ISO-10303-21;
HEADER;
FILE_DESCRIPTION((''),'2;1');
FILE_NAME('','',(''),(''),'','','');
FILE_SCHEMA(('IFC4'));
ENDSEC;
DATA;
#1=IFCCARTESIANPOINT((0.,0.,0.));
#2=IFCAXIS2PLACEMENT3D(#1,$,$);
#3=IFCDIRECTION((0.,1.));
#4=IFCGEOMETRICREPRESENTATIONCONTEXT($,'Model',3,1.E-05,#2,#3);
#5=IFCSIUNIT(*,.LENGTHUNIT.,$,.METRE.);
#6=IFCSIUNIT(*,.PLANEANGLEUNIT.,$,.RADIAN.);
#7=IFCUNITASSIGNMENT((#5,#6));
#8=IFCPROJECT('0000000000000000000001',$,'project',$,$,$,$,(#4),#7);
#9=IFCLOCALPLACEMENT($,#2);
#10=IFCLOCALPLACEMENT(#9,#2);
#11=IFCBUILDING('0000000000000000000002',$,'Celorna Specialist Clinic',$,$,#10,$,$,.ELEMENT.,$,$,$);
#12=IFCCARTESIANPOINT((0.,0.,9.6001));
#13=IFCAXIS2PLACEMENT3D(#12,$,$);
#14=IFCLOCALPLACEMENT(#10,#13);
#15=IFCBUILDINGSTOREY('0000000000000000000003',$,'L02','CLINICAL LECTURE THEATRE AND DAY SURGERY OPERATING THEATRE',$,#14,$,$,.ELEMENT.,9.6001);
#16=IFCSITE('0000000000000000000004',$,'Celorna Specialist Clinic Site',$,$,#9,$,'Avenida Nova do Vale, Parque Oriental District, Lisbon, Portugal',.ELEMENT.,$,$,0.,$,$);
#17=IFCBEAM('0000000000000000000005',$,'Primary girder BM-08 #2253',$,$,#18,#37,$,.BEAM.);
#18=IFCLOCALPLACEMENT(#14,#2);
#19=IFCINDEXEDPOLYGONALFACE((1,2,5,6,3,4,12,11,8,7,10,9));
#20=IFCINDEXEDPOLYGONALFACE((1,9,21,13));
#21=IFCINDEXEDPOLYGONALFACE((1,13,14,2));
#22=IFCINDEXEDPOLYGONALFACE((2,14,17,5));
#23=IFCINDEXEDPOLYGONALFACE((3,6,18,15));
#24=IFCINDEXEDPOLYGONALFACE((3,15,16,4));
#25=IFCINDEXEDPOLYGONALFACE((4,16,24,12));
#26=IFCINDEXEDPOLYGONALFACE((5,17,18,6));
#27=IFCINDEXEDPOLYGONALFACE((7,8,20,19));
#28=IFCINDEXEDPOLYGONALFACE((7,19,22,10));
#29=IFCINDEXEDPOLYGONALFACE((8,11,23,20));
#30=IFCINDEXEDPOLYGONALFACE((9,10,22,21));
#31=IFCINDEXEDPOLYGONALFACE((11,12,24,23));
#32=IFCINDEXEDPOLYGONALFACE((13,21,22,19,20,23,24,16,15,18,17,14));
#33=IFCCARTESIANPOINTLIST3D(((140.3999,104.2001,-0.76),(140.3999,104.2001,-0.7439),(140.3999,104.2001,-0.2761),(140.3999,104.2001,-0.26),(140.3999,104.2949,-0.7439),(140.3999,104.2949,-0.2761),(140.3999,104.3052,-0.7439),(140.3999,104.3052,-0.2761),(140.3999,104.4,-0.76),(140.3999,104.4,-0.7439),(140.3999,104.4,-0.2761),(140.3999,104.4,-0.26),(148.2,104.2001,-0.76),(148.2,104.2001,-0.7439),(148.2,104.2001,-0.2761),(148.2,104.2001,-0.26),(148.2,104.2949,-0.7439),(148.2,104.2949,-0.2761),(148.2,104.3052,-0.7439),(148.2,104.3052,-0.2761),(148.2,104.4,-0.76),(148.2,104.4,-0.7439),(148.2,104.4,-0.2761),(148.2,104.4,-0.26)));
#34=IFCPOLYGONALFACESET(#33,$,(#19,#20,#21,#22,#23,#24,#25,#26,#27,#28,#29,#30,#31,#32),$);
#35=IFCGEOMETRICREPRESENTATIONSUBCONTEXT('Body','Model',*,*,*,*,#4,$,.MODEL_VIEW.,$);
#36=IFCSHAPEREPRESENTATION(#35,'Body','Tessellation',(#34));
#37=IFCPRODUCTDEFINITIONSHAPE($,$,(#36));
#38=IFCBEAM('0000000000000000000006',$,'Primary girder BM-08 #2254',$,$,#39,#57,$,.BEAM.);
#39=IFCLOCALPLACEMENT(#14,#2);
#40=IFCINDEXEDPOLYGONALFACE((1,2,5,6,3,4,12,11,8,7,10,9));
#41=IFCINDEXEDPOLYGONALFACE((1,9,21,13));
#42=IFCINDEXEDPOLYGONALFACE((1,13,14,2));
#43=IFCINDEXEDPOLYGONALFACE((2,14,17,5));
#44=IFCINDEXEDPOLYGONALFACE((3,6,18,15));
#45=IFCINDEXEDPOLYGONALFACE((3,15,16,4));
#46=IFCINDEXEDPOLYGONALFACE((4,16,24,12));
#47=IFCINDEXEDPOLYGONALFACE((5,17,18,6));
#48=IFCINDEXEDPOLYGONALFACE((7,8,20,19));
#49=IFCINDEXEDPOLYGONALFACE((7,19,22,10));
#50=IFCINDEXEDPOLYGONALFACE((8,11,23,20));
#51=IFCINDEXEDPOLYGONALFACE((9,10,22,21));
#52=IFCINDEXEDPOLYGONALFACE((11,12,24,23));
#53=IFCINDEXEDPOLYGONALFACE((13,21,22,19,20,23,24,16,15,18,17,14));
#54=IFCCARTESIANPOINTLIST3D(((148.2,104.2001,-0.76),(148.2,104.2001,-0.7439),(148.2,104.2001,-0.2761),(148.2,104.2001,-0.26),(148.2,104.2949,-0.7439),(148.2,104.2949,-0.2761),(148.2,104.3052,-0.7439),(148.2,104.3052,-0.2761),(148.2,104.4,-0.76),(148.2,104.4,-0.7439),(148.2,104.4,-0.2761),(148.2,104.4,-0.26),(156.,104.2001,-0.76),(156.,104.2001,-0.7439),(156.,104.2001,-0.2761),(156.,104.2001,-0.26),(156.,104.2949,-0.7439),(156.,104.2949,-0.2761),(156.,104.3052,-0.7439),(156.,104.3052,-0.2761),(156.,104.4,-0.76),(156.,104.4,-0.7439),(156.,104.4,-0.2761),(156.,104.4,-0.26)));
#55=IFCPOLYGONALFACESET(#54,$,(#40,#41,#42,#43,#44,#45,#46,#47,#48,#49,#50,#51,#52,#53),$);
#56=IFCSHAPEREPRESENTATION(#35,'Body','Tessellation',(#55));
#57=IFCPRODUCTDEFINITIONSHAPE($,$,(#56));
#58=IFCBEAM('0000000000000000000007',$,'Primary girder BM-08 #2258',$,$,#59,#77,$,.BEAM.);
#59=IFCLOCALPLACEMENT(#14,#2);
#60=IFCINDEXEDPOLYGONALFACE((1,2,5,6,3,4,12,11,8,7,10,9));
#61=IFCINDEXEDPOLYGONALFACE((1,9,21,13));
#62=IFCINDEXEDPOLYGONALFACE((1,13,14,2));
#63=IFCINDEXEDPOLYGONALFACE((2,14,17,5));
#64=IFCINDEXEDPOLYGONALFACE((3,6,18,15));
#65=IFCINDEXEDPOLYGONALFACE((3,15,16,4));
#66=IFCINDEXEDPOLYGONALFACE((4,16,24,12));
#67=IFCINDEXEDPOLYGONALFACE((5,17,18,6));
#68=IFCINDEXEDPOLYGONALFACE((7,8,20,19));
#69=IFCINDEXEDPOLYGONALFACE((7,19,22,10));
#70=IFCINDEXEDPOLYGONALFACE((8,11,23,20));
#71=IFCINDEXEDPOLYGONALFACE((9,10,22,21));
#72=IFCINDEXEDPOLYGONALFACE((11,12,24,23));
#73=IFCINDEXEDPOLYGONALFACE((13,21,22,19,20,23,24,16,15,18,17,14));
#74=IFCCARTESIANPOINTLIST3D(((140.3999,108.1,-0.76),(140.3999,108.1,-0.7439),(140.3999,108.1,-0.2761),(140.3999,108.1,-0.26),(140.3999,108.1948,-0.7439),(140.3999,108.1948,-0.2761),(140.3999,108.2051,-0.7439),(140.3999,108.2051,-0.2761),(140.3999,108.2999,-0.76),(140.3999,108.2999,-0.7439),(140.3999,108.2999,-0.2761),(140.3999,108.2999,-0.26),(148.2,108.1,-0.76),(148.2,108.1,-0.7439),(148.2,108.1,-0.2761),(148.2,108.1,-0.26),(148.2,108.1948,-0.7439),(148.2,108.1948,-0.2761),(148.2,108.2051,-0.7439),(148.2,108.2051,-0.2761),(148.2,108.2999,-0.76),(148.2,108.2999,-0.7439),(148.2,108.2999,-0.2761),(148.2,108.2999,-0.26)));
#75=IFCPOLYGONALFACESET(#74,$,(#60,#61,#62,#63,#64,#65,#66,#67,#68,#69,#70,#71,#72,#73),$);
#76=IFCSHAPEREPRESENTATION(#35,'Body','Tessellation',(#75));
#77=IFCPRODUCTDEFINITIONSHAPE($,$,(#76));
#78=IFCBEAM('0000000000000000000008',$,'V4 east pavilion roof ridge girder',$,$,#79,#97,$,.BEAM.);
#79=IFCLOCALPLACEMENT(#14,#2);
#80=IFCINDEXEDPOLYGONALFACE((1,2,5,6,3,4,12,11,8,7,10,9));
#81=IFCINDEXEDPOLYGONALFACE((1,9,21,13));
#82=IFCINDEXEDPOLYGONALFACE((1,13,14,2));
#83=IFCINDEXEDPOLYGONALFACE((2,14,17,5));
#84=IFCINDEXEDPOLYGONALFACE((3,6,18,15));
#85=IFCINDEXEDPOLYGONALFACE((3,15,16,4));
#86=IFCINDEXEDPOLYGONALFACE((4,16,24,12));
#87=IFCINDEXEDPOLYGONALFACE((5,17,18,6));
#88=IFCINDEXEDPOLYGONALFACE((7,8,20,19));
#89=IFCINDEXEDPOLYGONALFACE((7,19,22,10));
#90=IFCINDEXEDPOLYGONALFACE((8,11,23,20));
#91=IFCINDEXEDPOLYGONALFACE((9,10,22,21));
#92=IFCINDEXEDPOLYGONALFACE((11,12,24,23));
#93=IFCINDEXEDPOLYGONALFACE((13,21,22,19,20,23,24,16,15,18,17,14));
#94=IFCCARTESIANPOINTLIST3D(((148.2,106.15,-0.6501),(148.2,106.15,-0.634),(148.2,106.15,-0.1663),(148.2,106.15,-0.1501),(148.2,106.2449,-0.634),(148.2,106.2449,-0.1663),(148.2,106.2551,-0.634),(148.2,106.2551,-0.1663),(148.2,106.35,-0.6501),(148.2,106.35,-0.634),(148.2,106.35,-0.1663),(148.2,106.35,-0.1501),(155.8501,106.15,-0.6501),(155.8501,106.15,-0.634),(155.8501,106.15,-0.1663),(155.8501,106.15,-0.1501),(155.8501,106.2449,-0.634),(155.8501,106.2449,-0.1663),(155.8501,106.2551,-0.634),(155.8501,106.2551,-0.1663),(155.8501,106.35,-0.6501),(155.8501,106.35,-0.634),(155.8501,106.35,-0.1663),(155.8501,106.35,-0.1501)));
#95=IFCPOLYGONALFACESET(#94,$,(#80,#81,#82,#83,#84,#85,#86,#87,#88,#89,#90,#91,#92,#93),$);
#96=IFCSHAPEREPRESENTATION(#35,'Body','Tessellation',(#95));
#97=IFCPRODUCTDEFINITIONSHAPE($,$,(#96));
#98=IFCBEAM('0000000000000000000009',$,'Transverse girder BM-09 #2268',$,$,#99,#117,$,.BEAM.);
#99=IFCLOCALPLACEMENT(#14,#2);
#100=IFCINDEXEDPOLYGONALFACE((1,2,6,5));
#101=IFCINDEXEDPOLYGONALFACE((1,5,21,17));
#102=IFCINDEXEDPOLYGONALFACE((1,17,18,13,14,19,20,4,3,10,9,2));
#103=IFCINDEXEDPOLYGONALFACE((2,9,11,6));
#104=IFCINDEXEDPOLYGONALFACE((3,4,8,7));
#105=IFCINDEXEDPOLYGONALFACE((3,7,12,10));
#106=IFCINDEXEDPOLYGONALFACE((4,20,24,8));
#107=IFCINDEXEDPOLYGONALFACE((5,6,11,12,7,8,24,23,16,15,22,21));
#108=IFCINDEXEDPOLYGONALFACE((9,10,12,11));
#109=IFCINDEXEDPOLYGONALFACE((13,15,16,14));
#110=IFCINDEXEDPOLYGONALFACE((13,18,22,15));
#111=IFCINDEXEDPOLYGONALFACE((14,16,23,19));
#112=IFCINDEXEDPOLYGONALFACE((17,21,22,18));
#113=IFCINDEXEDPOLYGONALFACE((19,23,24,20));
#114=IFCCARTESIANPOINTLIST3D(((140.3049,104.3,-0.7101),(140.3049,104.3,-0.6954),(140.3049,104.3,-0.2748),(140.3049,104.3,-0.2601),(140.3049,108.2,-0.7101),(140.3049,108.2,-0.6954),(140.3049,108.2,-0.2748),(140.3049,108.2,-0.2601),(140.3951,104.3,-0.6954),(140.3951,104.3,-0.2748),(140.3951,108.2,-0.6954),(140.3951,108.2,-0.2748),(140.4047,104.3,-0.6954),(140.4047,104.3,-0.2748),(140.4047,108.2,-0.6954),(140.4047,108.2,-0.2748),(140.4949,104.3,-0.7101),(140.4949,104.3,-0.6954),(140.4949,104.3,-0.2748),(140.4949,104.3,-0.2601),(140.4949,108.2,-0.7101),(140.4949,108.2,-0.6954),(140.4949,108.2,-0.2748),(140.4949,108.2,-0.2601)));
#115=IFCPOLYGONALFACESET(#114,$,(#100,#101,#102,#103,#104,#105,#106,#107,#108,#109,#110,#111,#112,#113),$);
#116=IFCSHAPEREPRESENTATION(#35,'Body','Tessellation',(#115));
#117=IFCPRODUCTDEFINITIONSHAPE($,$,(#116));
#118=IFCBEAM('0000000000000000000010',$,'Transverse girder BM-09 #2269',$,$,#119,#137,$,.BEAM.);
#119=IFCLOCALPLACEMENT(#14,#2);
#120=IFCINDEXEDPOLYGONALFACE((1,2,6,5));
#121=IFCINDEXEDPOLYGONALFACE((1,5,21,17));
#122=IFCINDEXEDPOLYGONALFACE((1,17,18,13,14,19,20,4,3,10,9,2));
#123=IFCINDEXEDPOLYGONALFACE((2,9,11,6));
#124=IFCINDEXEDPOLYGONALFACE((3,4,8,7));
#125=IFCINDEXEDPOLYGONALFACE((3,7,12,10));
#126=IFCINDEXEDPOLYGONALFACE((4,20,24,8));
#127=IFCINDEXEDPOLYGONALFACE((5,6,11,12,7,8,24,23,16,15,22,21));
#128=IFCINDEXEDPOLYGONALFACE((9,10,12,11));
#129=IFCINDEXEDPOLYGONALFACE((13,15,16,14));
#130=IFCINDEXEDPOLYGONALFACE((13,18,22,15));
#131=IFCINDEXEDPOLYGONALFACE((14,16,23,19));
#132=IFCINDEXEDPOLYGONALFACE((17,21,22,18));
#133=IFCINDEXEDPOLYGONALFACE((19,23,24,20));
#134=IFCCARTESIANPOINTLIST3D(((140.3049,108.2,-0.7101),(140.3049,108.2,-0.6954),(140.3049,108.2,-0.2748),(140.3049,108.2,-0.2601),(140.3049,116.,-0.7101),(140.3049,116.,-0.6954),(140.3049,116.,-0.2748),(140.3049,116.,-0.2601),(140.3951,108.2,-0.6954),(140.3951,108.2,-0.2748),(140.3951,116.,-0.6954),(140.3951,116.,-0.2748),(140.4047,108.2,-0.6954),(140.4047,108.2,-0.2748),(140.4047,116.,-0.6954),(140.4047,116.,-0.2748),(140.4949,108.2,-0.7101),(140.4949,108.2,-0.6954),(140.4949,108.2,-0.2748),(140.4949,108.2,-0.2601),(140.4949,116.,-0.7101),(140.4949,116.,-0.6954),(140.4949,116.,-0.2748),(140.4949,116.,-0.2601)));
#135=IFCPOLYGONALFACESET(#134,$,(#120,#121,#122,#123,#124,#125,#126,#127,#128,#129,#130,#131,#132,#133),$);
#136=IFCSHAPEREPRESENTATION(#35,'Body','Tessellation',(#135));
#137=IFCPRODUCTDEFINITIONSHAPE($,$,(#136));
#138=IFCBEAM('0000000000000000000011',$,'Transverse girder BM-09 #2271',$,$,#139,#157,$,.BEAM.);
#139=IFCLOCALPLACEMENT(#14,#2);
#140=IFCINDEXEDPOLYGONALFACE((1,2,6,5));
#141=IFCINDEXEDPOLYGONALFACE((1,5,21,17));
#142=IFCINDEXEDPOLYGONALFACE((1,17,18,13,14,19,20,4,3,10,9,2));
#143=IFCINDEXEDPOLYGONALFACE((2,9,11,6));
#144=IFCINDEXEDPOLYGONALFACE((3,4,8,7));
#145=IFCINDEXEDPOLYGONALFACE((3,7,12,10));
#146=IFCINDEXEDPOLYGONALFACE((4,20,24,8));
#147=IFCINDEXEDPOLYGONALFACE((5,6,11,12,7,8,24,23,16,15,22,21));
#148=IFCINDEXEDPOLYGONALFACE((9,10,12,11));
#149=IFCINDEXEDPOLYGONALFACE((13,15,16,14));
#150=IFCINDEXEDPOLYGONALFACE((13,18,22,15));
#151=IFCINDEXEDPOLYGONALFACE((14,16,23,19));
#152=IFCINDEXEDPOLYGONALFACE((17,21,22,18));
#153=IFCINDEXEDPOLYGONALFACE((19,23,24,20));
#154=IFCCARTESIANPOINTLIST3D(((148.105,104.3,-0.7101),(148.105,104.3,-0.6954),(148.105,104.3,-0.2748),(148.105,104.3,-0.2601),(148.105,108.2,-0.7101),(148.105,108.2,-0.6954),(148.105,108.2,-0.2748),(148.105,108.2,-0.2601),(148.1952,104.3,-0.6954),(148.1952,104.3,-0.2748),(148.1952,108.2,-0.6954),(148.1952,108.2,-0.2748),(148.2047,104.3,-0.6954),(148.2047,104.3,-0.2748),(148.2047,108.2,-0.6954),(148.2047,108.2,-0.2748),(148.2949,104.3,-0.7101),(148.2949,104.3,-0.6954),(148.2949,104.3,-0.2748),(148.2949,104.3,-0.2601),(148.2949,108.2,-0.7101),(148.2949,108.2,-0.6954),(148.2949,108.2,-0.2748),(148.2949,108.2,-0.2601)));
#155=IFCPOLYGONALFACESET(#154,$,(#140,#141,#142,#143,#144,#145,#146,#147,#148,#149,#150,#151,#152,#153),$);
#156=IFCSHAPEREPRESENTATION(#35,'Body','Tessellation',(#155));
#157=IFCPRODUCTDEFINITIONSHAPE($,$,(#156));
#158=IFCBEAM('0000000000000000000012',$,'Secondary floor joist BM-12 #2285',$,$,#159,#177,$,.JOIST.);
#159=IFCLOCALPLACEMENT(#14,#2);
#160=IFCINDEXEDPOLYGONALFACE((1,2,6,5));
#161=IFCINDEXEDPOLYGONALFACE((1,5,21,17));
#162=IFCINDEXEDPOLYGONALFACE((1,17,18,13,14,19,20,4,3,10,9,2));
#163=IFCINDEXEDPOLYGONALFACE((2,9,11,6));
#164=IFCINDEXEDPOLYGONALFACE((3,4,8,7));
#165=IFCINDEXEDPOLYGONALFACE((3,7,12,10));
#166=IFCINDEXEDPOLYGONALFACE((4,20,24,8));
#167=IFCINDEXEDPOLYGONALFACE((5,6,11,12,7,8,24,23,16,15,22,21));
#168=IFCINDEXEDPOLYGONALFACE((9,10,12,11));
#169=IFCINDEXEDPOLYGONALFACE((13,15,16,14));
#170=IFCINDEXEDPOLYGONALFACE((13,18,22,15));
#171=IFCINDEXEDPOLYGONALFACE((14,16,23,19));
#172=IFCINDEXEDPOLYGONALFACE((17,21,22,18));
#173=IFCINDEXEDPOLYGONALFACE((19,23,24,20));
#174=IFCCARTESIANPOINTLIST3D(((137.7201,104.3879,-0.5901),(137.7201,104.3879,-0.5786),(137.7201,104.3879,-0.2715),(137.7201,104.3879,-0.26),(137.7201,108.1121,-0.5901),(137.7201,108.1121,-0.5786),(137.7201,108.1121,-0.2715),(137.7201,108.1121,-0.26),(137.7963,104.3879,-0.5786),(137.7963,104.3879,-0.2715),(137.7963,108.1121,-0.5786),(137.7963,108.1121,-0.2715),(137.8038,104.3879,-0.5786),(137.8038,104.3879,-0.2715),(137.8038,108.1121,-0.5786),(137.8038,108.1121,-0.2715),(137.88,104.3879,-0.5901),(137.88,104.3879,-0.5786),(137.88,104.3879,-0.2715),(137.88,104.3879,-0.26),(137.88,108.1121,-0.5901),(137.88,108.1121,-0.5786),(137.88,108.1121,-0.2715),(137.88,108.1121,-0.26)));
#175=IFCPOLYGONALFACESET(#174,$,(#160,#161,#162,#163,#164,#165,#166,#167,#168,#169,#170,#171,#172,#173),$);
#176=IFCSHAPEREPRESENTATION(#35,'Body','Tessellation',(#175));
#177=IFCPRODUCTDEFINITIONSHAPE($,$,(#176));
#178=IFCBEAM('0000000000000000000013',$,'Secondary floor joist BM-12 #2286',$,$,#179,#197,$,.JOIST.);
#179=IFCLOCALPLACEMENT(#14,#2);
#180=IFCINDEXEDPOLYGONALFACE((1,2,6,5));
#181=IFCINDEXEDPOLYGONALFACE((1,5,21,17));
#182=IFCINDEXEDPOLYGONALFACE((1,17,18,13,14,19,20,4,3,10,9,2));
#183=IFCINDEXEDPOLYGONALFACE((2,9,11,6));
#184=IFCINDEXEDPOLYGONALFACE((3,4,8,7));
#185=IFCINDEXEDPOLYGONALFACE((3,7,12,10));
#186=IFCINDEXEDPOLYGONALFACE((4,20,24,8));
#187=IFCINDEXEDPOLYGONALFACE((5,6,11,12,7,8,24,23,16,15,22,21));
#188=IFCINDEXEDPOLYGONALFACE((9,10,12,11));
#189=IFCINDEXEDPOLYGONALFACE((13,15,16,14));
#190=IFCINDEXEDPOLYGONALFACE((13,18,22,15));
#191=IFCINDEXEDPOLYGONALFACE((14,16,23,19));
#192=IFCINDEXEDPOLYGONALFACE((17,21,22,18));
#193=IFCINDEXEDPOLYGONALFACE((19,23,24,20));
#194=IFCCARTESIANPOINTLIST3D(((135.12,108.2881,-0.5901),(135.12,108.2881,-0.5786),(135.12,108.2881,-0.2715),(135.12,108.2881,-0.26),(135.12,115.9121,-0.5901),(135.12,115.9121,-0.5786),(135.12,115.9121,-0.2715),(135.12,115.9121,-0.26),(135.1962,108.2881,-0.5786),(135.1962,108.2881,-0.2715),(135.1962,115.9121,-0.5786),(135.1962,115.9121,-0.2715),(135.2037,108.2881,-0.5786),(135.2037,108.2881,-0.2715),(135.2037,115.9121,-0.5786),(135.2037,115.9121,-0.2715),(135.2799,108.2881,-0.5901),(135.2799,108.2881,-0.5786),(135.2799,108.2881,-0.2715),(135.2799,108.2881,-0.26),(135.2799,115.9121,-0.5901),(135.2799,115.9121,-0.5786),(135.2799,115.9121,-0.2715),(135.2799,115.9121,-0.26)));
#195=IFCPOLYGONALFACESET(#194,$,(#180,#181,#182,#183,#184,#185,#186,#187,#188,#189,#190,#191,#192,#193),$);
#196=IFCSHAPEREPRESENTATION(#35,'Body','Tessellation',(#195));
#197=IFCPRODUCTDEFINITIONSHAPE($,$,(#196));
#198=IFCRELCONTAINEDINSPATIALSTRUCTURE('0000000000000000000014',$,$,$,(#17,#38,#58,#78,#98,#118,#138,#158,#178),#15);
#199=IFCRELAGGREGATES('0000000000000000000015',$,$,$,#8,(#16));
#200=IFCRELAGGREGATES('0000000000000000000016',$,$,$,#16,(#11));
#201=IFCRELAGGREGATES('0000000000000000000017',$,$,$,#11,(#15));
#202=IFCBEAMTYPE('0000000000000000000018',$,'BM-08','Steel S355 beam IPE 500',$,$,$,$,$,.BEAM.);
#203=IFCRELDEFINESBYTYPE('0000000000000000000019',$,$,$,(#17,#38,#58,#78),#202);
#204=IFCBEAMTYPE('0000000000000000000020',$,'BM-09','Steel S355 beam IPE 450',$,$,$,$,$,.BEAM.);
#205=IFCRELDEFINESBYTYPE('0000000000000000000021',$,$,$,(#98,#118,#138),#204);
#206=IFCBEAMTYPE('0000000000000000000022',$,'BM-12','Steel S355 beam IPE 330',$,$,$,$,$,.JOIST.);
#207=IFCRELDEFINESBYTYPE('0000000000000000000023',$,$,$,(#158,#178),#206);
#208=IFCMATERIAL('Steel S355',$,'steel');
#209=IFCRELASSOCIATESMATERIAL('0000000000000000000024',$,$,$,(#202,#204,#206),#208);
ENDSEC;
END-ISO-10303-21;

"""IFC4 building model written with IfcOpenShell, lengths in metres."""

from ifc_helpers import new_model, si_unit, direction, frame, origin, origin_2d, place, context, subcontext, project, spatial, i_section, extrude, material, material_profile, profile_set, type_object, element, save


model = new_model("IFC4")

# Units and contexts
model_context = context("Model", 3, precision=1e-05, world=origin(), true_north=direction((0.0, 1.0)))
body_context = subcontext(model_context, "Body", "Model", "MODEL_VIEW")
ifc_project = project(units=[si_unit("LENGTHUNIT", "METRE"), si_unit("PLANEANGLEUNIT", "RADIAN")], contexts=[model_context])

# Site, building, storey
site_placement = place(None, origin())
site = spatial("IfcSite", under=ifc_project, at=site_placement, Name="Celorna Specialist Clinic Site", LongName="Avenida Nova do Vale, Parque Oriental District, Lisbon, Portugal", CompositionType="ELEMENT", RefElevation=0.0)
building_placement = place(site_placement, origin())
building = spatial("IfcBuilding", under=site, at=building_placement, Name="Celorna Specialist Clinic", CompositionType="ELEMENT")
storey_placement = place(building_placement, frame((0.0, 0.0, 9.6001)))
storey = spatial("IfcBuildingStorey", under=building, at=storey_placement, Name="L02", Description="CLINICAL LECTURE THEATRE AND DAY SURGERY OPERATING THEATRE", CompositionType="ELEMENT", Elevation=9.6001)

# Beams
ifc_material_1 = material(Name="Steel S355", Category="steel")
ifc_material_profile_1 = material_profile(ifc_material_1, i_section(OverallWidth=0.2, OverallDepth=0.5, WebThickness=0.0103, FlangeThickness=0.0161, at=origin_2d()), Name="IPE 500")
ifc_profile_set_1 = profile_set([ifc_material_profile_1], Name="Steel S355")
beam_type_1 = type_object("IfcBeamType", Name="BM-08", Description="Steel S355 beam IPE 500", PredefinedType="BEAM", material=ifc_profile_set_1)
for number, where, z_axis, x_axis, name in (
    (1, (140.3999, 104.3, -0.51), (1.0, 0.0, 0.0), (0.0, 1.0, 0.0), "Primary girder BM-08 #2253"),
    (2, (148.2, 104.3, -0.51), (1.0, 0.0, 0.0), (0.0, 1.0, 0.0), "Primary girder BM-08 #2254"),
    (3, (140.3999, 108.2, -0.51), (1.0, 0.0, 0.0), (0.0, 1.0, 0.0), "Primary girder BM-08 #2258"),
):
    element("IfcBeam", number, at=place(storey_placement, frame(where, z_axis=z_axis, x_axis=x_axis)), inside=storey, type_object=beam_type_1, Name=name, PredefinedType="BEAM", context=body_context, shape_type="SweptSolid", body=[
        extrude(i_section(OverallWidth=0.2, OverallDepth=0.5, WebThickness=0.0103, FlangeThickness=0.0161, at=origin_2d()), origin(), (0.0, 0.0, 1.0), 7.8),
    ])
beam_1_placement = place(storey_placement, frame((148.2, 106.25, -0.4001), z_axis=(1.0, 0.0, 0.0), x_axis=(0.0, 1.0, 0.0)))
element("IfcBeam", 4, at=beam_1_placement, inside=storey, type_object=beam_type_1, Name="V4 east pavilion roof ridge girder", PredefinedType="BEAM", context=body_context, shape_type="SweptSolid", body=[
    extrude(i_section(OverallWidth=0.2, OverallDepth=0.5, WebThickness=0.0103, FlangeThickness=0.0161, at=origin_2d()), origin(), (0.0, 0.0, 1.0), 7.6501),
])
ifc_material_profile_2 = material_profile(ifc_material_1, i_section(OverallWidth=0.1899, OverallDepth=0.45, WebThickness=0.0095, FlangeThickness=0.0146, at=origin_2d()), Name="IPE 450")
ifc_profile_set_2 = profile_set([ifc_material_profile_2], Name="Steel S355")
beam_type_2 = type_object("IfcBeamType", Name="BM-09", Description="Steel S355 beam IPE 450", PredefinedType="BEAM", material=ifc_profile_set_2)
beam_2_placement = place(storey_placement, frame((140.3999, 104.3, -0.4851), z_axis=(0.0, 1.0, 0.0), x_axis=(-1.0, 0.0, 0.0)))
element("IfcBeam", 5, at=beam_2_placement, inside=storey, type_object=beam_type_2, Name="Transverse girder BM-09 #2268", PredefinedType="BEAM", context=body_context, shape_type="SweptSolid", body=[
    extrude(i_section(OverallWidth=0.1899, OverallDepth=0.45, WebThickness=0.0095, FlangeThickness=0.0146, at=origin_2d()), origin(), (0.0, 0.0, 1.0), 3.8999),
])
beam_3_placement = place(storey_placement, frame((140.3999, 108.2, -0.4851), z_axis=(0.0, 1.0, 0.0), x_axis=(-1.0, 0.0, 0.0)))
element("IfcBeam", 6, at=beam_3_placement, inside=storey, type_object=beam_type_2, Name="Transverse girder BM-09 #2269", PredefinedType="BEAM", context=body_context, shape_type="SweptSolid", body=[
    extrude(i_section(OverallWidth=0.1899, OverallDepth=0.45, WebThickness=0.0095, FlangeThickness=0.0146, at=origin_2d()), origin(), (0.0, 0.0, 1.0), 7.8),
])
beam_4_placement = place(storey_placement, frame((148.2, 104.3, -0.4851), z_axis=(0.0, 1.0, 0.0), x_axis=(-1.0, 0.0, 0.0)))
element("IfcBeam", 7, at=beam_4_placement, inside=storey, type_object=beam_type_2, Name="Transverse girder BM-09 #2271", PredefinedType="BEAM", context=body_context, shape_type="SweptSolid", body=[
    extrude(i_section(OverallWidth=0.1899, OverallDepth=0.45, WebThickness=0.0095, FlangeThickness=0.0146, at=origin_2d()), origin(), (0.0, 0.0, 1.0), 3.8999),
])
ifc_material_profile_3 = material_profile(ifc_material_1, i_section(OverallWidth=0.1599, OverallDepth=0.3301, WebThickness=0.0076, FlangeThickness=0.0115, at=origin_2d()), Name="IPE 330")
ifc_profile_set_3 = profile_set([ifc_material_profile_3], Name="Steel S355")
beam_type_3 = type_object("IfcBeamType", Name="BM-12", Description="Steel S355 beam IPE 330", PredefinedType="JOIST", material=ifc_profile_set_3)
beam_5_placement = place(storey_placement, frame((137.8, 104.3879, -0.425), z_axis=(0.0, 1.0, 0.0), x_axis=(-1.0, 0.0, 0.0)))
element("IfcBeam", 8, at=beam_5_placement, inside=storey, type_object=beam_type_3, Name="Secondary floor joist BM-12 #2285", PredefinedType="JOIST", context=body_context, shape_type="SweptSolid", body=[
    extrude(i_section(OverallWidth=0.1599, OverallDepth=0.3301, WebThickness=0.0076, FlangeThickness=0.0115, at=origin_2d()), origin(), (0.0, 0.0, 1.0), 3.7241),
])
for number, where, z_axis, x_axis, name in (
    (9, (135.2, 108.2881, -0.425), (0.0, 1.0, 0.0), (-1.0, 0.0, 0.0), "Secondary floor joist BM-12 #2286"),
):
    element("IfcBeam", number, at=place(storey_placement, frame(where, z_axis=z_axis, x_axis=x_axis)), inside=storey, type_object=beam_type_3, Name=name, PredefinedType="JOIST", context=body_context, shape_type="SweptSolid", body=[
        extrude(i_section(OverallWidth=0.1599, OverallDepth=0.3301, WebThickness=0.0076, FlangeThickness=0.0115, at=origin_2d()), origin(), (0.0, 0.0, 1.0), 7.624),
    ])

save(model, "model.ifc")
